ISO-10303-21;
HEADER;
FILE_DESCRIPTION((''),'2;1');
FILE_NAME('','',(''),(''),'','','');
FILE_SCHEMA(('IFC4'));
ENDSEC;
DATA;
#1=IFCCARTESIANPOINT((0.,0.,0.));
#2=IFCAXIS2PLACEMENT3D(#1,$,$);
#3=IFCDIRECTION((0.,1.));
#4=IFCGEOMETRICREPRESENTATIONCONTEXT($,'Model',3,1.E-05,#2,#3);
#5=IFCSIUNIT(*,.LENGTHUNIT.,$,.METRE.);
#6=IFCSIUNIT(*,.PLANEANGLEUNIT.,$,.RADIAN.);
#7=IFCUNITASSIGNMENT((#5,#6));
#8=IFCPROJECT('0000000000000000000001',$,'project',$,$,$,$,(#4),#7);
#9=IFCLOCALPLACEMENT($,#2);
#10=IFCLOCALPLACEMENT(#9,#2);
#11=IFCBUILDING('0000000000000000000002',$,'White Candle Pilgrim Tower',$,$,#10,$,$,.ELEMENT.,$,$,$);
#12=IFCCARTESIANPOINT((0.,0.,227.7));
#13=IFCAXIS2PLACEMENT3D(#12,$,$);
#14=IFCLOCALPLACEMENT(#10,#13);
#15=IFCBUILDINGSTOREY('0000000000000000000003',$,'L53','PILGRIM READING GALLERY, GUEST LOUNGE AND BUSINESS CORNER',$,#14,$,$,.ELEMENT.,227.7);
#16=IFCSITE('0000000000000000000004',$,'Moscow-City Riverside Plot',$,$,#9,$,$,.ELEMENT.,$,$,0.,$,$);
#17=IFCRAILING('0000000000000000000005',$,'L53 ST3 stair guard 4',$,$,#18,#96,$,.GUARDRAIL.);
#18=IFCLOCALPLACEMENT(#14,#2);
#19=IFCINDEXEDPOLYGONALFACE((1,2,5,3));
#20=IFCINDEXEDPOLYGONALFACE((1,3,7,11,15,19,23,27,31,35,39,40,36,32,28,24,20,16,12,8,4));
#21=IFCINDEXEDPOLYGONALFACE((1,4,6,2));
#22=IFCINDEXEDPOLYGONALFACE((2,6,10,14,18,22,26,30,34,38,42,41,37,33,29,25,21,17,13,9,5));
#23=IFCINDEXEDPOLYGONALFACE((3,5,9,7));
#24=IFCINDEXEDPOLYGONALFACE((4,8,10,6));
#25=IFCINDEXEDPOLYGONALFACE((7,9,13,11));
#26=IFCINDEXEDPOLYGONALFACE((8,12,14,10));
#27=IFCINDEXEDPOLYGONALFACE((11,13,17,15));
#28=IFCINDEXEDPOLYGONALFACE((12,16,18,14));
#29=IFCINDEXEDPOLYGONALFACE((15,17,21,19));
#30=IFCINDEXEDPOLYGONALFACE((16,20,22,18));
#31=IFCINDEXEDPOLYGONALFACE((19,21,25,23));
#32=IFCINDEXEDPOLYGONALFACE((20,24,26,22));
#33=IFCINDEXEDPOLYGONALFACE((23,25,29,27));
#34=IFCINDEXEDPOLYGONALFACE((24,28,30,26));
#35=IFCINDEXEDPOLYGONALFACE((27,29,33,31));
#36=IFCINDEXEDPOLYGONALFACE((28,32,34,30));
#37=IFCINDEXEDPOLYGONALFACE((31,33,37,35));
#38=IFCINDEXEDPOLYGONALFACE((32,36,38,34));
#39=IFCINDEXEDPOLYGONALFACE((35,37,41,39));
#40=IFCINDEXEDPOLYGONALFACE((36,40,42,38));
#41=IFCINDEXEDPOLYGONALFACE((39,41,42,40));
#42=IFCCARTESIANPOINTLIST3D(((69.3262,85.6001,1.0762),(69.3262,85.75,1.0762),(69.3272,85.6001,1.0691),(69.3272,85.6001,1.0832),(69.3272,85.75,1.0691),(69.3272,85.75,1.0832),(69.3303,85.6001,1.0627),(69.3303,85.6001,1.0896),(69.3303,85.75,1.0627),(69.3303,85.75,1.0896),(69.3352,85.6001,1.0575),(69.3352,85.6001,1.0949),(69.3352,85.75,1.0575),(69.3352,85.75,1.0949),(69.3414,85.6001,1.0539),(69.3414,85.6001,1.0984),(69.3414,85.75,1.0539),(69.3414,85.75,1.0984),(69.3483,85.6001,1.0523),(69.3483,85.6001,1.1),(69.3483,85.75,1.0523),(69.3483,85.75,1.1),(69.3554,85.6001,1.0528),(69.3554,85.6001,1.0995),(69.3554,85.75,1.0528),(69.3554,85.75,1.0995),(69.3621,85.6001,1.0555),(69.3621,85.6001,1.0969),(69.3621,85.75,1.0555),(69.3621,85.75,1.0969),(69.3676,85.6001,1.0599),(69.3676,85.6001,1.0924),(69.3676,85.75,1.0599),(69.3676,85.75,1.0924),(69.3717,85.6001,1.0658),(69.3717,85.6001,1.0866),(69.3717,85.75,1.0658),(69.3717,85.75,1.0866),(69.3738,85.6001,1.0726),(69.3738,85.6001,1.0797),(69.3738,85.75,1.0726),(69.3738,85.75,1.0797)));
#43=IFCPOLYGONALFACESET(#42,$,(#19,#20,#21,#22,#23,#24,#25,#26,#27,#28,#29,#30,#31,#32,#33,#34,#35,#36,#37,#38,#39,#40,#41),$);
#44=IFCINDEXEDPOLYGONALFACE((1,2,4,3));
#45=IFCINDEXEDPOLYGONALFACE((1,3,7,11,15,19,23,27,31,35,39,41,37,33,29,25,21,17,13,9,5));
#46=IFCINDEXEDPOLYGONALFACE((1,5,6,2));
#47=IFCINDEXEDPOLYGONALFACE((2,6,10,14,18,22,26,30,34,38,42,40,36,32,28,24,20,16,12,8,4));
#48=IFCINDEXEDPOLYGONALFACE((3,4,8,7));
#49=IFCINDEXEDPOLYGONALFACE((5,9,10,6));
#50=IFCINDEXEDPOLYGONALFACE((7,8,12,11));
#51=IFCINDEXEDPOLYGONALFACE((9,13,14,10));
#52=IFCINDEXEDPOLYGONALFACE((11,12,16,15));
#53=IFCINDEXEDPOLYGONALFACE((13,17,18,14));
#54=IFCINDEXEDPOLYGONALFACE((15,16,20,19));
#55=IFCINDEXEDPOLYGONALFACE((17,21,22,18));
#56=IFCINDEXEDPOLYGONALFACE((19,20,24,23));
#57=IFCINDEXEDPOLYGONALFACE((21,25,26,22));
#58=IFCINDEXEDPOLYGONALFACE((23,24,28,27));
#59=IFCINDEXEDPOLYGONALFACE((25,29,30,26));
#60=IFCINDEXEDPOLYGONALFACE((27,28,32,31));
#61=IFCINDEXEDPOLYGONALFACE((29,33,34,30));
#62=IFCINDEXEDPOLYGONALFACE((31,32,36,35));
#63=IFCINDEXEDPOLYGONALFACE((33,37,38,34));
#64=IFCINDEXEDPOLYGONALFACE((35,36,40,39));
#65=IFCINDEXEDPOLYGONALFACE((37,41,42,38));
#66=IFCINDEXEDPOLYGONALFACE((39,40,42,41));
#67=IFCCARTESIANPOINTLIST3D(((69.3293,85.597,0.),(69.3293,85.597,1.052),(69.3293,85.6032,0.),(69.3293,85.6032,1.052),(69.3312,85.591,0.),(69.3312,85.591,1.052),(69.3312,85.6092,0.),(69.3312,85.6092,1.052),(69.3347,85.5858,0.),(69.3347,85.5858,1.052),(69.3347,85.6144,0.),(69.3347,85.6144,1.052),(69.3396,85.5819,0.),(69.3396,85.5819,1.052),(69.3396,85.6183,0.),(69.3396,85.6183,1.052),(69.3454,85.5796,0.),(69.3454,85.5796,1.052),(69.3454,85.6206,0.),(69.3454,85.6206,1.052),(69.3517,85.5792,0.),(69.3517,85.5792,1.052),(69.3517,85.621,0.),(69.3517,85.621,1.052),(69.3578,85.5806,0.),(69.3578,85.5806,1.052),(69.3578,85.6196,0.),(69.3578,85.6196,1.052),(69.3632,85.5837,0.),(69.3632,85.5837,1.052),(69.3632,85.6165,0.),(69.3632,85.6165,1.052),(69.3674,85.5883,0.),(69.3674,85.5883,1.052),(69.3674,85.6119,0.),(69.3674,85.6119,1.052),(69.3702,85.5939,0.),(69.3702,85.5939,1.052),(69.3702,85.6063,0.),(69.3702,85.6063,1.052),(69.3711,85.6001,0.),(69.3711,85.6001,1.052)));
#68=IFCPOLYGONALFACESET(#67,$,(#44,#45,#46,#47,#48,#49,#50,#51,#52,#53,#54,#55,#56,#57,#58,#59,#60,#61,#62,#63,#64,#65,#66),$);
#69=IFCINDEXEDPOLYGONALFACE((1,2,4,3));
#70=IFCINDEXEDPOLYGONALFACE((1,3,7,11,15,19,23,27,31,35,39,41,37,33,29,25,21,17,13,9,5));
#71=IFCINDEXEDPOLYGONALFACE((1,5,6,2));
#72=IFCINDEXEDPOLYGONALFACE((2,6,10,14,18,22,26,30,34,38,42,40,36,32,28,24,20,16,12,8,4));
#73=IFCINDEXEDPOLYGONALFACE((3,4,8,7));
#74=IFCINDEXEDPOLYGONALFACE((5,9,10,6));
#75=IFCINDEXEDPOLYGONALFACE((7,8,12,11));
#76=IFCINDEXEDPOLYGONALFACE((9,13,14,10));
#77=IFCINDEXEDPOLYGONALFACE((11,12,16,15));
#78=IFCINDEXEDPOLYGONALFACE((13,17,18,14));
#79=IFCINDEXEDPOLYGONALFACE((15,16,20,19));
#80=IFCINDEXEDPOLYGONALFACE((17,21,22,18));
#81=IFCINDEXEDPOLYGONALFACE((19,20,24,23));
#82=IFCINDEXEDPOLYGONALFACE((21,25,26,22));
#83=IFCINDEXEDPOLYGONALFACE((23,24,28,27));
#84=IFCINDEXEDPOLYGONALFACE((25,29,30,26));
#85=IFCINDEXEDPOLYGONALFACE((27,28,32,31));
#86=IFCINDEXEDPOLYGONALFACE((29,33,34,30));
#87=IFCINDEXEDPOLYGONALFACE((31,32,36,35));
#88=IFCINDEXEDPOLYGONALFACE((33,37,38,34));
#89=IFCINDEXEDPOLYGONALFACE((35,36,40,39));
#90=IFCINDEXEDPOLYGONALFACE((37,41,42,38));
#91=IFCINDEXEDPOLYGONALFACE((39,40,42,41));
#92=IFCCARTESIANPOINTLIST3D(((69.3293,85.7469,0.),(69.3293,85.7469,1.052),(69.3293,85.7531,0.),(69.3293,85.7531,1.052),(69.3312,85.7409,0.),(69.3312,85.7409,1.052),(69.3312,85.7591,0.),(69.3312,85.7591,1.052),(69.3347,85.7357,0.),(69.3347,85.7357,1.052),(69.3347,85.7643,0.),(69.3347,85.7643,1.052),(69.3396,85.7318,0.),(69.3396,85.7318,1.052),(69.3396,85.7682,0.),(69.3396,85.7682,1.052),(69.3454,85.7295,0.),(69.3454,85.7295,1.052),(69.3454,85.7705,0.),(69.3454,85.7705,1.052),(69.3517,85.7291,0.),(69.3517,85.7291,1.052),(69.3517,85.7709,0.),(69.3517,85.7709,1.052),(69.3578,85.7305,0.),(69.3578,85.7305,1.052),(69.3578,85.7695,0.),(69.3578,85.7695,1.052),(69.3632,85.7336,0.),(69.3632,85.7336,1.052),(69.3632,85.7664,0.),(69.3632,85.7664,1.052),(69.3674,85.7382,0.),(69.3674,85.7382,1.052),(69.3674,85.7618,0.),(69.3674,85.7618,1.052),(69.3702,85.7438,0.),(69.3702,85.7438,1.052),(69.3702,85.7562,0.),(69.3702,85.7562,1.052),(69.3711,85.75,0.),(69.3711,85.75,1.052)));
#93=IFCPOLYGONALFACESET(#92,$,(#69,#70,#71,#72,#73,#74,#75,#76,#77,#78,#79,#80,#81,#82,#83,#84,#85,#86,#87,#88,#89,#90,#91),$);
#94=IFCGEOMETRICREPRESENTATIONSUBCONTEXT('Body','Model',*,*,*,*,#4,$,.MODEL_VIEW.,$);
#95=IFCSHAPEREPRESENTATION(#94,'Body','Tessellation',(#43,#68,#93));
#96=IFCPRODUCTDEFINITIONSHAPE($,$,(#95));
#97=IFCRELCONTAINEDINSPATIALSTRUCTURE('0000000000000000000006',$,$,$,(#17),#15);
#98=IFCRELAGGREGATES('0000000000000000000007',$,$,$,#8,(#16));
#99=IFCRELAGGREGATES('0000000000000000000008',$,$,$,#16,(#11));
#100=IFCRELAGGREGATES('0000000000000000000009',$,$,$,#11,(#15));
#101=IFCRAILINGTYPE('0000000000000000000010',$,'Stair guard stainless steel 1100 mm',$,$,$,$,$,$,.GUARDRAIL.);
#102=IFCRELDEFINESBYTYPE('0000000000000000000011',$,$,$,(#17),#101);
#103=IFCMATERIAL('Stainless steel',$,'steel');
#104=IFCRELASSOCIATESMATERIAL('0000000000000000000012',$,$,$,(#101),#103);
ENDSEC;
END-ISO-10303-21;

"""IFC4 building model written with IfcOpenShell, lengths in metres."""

from ifc_helpers import new_model, si_unit, direction, frame, origin, origin_2d, place, context, subcontext, project, spatial, circle, extrude, material, type_object, element, save


model = new_model("IFC4")

# Units and contexts
model_context = context("Model", 3, precision=1e-05, world=origin(), true_north=direction((0.0, 1.0)))
body_context = subcontext(model_context, "Body", "Model", "MODEL_VIEW")
ifc_project = project(units=[si_unit("LENGTHUNIT", "METRE"), si_unit("PLANEANGLEUNIT", "RADIAN")], contexts=[model_context])

# Site, building, storey
site_placement = place(None, origin())
site = spatial("IfcSite", under=ifc_project, at=site_placement, Name="Moscow-City Riverside Plot", CompositionType="ELEMENT", RefElevation=0.0)
building_placement = place(site_placement, origin())
building = spatial("IfcBuilding", under=site, at=building_placement, Name="White Candle Pilgrim Tower", CompositionType="ELEMENT")
storey_placement = place(building_placement, frame((0.0, 0.0, 227.7)))
storey = spatial("IfcBuildingStorey", under=building, at=storey_placement, Name="L53", Description="PILGRIM READING GALLERY, GUEST LOUNGE AND BUSINESS CORNER", CompositionType="ELEMENT", Elevation=227.7)

# Shared definitions
ifc_material_1 = material(Name="Stainless steel", Category="steel")

# Railing
railing_type_1 = type_object("IfcRailingType", Name="Stair guard stainless steel 1100 mm", PredefinedType="GUARDRAIL", material=ifc_material_1)
railing_1_placement = place(storey_placement, frame((69.3501, 85.6001, 0.0)))
element("IfcRailing", 1, at=railing_1_placement, inside=storey, type_object=railing_type_1, Name="L53 ST3 stair guard 4", PredefinedType="GUARDRAIL", context=body_context, shape_type="SweptSolid", body=[
    extrude(circle(Radius=0.0239, at=origin_2d()), frame((0.0, 0.0, 1.0762), z_axis=(0.0, 1.0, 0.0), x_axis=(-1.0, 0.0, 0.0)), (0.0, 0.0, 1.0), 0.1499),
    extrude(circle(Radius=0.021, at=origin_2d()), origin(), (0.0, 0.0, 1.0), 1.052),
    extrude(circle(Radius=0.021, at=origin_2d()), frame((0.0, 0.1499, 0.0)), (0.0, 0.0, 1.0), 1.052),
])

save(model, "model.ifc")
